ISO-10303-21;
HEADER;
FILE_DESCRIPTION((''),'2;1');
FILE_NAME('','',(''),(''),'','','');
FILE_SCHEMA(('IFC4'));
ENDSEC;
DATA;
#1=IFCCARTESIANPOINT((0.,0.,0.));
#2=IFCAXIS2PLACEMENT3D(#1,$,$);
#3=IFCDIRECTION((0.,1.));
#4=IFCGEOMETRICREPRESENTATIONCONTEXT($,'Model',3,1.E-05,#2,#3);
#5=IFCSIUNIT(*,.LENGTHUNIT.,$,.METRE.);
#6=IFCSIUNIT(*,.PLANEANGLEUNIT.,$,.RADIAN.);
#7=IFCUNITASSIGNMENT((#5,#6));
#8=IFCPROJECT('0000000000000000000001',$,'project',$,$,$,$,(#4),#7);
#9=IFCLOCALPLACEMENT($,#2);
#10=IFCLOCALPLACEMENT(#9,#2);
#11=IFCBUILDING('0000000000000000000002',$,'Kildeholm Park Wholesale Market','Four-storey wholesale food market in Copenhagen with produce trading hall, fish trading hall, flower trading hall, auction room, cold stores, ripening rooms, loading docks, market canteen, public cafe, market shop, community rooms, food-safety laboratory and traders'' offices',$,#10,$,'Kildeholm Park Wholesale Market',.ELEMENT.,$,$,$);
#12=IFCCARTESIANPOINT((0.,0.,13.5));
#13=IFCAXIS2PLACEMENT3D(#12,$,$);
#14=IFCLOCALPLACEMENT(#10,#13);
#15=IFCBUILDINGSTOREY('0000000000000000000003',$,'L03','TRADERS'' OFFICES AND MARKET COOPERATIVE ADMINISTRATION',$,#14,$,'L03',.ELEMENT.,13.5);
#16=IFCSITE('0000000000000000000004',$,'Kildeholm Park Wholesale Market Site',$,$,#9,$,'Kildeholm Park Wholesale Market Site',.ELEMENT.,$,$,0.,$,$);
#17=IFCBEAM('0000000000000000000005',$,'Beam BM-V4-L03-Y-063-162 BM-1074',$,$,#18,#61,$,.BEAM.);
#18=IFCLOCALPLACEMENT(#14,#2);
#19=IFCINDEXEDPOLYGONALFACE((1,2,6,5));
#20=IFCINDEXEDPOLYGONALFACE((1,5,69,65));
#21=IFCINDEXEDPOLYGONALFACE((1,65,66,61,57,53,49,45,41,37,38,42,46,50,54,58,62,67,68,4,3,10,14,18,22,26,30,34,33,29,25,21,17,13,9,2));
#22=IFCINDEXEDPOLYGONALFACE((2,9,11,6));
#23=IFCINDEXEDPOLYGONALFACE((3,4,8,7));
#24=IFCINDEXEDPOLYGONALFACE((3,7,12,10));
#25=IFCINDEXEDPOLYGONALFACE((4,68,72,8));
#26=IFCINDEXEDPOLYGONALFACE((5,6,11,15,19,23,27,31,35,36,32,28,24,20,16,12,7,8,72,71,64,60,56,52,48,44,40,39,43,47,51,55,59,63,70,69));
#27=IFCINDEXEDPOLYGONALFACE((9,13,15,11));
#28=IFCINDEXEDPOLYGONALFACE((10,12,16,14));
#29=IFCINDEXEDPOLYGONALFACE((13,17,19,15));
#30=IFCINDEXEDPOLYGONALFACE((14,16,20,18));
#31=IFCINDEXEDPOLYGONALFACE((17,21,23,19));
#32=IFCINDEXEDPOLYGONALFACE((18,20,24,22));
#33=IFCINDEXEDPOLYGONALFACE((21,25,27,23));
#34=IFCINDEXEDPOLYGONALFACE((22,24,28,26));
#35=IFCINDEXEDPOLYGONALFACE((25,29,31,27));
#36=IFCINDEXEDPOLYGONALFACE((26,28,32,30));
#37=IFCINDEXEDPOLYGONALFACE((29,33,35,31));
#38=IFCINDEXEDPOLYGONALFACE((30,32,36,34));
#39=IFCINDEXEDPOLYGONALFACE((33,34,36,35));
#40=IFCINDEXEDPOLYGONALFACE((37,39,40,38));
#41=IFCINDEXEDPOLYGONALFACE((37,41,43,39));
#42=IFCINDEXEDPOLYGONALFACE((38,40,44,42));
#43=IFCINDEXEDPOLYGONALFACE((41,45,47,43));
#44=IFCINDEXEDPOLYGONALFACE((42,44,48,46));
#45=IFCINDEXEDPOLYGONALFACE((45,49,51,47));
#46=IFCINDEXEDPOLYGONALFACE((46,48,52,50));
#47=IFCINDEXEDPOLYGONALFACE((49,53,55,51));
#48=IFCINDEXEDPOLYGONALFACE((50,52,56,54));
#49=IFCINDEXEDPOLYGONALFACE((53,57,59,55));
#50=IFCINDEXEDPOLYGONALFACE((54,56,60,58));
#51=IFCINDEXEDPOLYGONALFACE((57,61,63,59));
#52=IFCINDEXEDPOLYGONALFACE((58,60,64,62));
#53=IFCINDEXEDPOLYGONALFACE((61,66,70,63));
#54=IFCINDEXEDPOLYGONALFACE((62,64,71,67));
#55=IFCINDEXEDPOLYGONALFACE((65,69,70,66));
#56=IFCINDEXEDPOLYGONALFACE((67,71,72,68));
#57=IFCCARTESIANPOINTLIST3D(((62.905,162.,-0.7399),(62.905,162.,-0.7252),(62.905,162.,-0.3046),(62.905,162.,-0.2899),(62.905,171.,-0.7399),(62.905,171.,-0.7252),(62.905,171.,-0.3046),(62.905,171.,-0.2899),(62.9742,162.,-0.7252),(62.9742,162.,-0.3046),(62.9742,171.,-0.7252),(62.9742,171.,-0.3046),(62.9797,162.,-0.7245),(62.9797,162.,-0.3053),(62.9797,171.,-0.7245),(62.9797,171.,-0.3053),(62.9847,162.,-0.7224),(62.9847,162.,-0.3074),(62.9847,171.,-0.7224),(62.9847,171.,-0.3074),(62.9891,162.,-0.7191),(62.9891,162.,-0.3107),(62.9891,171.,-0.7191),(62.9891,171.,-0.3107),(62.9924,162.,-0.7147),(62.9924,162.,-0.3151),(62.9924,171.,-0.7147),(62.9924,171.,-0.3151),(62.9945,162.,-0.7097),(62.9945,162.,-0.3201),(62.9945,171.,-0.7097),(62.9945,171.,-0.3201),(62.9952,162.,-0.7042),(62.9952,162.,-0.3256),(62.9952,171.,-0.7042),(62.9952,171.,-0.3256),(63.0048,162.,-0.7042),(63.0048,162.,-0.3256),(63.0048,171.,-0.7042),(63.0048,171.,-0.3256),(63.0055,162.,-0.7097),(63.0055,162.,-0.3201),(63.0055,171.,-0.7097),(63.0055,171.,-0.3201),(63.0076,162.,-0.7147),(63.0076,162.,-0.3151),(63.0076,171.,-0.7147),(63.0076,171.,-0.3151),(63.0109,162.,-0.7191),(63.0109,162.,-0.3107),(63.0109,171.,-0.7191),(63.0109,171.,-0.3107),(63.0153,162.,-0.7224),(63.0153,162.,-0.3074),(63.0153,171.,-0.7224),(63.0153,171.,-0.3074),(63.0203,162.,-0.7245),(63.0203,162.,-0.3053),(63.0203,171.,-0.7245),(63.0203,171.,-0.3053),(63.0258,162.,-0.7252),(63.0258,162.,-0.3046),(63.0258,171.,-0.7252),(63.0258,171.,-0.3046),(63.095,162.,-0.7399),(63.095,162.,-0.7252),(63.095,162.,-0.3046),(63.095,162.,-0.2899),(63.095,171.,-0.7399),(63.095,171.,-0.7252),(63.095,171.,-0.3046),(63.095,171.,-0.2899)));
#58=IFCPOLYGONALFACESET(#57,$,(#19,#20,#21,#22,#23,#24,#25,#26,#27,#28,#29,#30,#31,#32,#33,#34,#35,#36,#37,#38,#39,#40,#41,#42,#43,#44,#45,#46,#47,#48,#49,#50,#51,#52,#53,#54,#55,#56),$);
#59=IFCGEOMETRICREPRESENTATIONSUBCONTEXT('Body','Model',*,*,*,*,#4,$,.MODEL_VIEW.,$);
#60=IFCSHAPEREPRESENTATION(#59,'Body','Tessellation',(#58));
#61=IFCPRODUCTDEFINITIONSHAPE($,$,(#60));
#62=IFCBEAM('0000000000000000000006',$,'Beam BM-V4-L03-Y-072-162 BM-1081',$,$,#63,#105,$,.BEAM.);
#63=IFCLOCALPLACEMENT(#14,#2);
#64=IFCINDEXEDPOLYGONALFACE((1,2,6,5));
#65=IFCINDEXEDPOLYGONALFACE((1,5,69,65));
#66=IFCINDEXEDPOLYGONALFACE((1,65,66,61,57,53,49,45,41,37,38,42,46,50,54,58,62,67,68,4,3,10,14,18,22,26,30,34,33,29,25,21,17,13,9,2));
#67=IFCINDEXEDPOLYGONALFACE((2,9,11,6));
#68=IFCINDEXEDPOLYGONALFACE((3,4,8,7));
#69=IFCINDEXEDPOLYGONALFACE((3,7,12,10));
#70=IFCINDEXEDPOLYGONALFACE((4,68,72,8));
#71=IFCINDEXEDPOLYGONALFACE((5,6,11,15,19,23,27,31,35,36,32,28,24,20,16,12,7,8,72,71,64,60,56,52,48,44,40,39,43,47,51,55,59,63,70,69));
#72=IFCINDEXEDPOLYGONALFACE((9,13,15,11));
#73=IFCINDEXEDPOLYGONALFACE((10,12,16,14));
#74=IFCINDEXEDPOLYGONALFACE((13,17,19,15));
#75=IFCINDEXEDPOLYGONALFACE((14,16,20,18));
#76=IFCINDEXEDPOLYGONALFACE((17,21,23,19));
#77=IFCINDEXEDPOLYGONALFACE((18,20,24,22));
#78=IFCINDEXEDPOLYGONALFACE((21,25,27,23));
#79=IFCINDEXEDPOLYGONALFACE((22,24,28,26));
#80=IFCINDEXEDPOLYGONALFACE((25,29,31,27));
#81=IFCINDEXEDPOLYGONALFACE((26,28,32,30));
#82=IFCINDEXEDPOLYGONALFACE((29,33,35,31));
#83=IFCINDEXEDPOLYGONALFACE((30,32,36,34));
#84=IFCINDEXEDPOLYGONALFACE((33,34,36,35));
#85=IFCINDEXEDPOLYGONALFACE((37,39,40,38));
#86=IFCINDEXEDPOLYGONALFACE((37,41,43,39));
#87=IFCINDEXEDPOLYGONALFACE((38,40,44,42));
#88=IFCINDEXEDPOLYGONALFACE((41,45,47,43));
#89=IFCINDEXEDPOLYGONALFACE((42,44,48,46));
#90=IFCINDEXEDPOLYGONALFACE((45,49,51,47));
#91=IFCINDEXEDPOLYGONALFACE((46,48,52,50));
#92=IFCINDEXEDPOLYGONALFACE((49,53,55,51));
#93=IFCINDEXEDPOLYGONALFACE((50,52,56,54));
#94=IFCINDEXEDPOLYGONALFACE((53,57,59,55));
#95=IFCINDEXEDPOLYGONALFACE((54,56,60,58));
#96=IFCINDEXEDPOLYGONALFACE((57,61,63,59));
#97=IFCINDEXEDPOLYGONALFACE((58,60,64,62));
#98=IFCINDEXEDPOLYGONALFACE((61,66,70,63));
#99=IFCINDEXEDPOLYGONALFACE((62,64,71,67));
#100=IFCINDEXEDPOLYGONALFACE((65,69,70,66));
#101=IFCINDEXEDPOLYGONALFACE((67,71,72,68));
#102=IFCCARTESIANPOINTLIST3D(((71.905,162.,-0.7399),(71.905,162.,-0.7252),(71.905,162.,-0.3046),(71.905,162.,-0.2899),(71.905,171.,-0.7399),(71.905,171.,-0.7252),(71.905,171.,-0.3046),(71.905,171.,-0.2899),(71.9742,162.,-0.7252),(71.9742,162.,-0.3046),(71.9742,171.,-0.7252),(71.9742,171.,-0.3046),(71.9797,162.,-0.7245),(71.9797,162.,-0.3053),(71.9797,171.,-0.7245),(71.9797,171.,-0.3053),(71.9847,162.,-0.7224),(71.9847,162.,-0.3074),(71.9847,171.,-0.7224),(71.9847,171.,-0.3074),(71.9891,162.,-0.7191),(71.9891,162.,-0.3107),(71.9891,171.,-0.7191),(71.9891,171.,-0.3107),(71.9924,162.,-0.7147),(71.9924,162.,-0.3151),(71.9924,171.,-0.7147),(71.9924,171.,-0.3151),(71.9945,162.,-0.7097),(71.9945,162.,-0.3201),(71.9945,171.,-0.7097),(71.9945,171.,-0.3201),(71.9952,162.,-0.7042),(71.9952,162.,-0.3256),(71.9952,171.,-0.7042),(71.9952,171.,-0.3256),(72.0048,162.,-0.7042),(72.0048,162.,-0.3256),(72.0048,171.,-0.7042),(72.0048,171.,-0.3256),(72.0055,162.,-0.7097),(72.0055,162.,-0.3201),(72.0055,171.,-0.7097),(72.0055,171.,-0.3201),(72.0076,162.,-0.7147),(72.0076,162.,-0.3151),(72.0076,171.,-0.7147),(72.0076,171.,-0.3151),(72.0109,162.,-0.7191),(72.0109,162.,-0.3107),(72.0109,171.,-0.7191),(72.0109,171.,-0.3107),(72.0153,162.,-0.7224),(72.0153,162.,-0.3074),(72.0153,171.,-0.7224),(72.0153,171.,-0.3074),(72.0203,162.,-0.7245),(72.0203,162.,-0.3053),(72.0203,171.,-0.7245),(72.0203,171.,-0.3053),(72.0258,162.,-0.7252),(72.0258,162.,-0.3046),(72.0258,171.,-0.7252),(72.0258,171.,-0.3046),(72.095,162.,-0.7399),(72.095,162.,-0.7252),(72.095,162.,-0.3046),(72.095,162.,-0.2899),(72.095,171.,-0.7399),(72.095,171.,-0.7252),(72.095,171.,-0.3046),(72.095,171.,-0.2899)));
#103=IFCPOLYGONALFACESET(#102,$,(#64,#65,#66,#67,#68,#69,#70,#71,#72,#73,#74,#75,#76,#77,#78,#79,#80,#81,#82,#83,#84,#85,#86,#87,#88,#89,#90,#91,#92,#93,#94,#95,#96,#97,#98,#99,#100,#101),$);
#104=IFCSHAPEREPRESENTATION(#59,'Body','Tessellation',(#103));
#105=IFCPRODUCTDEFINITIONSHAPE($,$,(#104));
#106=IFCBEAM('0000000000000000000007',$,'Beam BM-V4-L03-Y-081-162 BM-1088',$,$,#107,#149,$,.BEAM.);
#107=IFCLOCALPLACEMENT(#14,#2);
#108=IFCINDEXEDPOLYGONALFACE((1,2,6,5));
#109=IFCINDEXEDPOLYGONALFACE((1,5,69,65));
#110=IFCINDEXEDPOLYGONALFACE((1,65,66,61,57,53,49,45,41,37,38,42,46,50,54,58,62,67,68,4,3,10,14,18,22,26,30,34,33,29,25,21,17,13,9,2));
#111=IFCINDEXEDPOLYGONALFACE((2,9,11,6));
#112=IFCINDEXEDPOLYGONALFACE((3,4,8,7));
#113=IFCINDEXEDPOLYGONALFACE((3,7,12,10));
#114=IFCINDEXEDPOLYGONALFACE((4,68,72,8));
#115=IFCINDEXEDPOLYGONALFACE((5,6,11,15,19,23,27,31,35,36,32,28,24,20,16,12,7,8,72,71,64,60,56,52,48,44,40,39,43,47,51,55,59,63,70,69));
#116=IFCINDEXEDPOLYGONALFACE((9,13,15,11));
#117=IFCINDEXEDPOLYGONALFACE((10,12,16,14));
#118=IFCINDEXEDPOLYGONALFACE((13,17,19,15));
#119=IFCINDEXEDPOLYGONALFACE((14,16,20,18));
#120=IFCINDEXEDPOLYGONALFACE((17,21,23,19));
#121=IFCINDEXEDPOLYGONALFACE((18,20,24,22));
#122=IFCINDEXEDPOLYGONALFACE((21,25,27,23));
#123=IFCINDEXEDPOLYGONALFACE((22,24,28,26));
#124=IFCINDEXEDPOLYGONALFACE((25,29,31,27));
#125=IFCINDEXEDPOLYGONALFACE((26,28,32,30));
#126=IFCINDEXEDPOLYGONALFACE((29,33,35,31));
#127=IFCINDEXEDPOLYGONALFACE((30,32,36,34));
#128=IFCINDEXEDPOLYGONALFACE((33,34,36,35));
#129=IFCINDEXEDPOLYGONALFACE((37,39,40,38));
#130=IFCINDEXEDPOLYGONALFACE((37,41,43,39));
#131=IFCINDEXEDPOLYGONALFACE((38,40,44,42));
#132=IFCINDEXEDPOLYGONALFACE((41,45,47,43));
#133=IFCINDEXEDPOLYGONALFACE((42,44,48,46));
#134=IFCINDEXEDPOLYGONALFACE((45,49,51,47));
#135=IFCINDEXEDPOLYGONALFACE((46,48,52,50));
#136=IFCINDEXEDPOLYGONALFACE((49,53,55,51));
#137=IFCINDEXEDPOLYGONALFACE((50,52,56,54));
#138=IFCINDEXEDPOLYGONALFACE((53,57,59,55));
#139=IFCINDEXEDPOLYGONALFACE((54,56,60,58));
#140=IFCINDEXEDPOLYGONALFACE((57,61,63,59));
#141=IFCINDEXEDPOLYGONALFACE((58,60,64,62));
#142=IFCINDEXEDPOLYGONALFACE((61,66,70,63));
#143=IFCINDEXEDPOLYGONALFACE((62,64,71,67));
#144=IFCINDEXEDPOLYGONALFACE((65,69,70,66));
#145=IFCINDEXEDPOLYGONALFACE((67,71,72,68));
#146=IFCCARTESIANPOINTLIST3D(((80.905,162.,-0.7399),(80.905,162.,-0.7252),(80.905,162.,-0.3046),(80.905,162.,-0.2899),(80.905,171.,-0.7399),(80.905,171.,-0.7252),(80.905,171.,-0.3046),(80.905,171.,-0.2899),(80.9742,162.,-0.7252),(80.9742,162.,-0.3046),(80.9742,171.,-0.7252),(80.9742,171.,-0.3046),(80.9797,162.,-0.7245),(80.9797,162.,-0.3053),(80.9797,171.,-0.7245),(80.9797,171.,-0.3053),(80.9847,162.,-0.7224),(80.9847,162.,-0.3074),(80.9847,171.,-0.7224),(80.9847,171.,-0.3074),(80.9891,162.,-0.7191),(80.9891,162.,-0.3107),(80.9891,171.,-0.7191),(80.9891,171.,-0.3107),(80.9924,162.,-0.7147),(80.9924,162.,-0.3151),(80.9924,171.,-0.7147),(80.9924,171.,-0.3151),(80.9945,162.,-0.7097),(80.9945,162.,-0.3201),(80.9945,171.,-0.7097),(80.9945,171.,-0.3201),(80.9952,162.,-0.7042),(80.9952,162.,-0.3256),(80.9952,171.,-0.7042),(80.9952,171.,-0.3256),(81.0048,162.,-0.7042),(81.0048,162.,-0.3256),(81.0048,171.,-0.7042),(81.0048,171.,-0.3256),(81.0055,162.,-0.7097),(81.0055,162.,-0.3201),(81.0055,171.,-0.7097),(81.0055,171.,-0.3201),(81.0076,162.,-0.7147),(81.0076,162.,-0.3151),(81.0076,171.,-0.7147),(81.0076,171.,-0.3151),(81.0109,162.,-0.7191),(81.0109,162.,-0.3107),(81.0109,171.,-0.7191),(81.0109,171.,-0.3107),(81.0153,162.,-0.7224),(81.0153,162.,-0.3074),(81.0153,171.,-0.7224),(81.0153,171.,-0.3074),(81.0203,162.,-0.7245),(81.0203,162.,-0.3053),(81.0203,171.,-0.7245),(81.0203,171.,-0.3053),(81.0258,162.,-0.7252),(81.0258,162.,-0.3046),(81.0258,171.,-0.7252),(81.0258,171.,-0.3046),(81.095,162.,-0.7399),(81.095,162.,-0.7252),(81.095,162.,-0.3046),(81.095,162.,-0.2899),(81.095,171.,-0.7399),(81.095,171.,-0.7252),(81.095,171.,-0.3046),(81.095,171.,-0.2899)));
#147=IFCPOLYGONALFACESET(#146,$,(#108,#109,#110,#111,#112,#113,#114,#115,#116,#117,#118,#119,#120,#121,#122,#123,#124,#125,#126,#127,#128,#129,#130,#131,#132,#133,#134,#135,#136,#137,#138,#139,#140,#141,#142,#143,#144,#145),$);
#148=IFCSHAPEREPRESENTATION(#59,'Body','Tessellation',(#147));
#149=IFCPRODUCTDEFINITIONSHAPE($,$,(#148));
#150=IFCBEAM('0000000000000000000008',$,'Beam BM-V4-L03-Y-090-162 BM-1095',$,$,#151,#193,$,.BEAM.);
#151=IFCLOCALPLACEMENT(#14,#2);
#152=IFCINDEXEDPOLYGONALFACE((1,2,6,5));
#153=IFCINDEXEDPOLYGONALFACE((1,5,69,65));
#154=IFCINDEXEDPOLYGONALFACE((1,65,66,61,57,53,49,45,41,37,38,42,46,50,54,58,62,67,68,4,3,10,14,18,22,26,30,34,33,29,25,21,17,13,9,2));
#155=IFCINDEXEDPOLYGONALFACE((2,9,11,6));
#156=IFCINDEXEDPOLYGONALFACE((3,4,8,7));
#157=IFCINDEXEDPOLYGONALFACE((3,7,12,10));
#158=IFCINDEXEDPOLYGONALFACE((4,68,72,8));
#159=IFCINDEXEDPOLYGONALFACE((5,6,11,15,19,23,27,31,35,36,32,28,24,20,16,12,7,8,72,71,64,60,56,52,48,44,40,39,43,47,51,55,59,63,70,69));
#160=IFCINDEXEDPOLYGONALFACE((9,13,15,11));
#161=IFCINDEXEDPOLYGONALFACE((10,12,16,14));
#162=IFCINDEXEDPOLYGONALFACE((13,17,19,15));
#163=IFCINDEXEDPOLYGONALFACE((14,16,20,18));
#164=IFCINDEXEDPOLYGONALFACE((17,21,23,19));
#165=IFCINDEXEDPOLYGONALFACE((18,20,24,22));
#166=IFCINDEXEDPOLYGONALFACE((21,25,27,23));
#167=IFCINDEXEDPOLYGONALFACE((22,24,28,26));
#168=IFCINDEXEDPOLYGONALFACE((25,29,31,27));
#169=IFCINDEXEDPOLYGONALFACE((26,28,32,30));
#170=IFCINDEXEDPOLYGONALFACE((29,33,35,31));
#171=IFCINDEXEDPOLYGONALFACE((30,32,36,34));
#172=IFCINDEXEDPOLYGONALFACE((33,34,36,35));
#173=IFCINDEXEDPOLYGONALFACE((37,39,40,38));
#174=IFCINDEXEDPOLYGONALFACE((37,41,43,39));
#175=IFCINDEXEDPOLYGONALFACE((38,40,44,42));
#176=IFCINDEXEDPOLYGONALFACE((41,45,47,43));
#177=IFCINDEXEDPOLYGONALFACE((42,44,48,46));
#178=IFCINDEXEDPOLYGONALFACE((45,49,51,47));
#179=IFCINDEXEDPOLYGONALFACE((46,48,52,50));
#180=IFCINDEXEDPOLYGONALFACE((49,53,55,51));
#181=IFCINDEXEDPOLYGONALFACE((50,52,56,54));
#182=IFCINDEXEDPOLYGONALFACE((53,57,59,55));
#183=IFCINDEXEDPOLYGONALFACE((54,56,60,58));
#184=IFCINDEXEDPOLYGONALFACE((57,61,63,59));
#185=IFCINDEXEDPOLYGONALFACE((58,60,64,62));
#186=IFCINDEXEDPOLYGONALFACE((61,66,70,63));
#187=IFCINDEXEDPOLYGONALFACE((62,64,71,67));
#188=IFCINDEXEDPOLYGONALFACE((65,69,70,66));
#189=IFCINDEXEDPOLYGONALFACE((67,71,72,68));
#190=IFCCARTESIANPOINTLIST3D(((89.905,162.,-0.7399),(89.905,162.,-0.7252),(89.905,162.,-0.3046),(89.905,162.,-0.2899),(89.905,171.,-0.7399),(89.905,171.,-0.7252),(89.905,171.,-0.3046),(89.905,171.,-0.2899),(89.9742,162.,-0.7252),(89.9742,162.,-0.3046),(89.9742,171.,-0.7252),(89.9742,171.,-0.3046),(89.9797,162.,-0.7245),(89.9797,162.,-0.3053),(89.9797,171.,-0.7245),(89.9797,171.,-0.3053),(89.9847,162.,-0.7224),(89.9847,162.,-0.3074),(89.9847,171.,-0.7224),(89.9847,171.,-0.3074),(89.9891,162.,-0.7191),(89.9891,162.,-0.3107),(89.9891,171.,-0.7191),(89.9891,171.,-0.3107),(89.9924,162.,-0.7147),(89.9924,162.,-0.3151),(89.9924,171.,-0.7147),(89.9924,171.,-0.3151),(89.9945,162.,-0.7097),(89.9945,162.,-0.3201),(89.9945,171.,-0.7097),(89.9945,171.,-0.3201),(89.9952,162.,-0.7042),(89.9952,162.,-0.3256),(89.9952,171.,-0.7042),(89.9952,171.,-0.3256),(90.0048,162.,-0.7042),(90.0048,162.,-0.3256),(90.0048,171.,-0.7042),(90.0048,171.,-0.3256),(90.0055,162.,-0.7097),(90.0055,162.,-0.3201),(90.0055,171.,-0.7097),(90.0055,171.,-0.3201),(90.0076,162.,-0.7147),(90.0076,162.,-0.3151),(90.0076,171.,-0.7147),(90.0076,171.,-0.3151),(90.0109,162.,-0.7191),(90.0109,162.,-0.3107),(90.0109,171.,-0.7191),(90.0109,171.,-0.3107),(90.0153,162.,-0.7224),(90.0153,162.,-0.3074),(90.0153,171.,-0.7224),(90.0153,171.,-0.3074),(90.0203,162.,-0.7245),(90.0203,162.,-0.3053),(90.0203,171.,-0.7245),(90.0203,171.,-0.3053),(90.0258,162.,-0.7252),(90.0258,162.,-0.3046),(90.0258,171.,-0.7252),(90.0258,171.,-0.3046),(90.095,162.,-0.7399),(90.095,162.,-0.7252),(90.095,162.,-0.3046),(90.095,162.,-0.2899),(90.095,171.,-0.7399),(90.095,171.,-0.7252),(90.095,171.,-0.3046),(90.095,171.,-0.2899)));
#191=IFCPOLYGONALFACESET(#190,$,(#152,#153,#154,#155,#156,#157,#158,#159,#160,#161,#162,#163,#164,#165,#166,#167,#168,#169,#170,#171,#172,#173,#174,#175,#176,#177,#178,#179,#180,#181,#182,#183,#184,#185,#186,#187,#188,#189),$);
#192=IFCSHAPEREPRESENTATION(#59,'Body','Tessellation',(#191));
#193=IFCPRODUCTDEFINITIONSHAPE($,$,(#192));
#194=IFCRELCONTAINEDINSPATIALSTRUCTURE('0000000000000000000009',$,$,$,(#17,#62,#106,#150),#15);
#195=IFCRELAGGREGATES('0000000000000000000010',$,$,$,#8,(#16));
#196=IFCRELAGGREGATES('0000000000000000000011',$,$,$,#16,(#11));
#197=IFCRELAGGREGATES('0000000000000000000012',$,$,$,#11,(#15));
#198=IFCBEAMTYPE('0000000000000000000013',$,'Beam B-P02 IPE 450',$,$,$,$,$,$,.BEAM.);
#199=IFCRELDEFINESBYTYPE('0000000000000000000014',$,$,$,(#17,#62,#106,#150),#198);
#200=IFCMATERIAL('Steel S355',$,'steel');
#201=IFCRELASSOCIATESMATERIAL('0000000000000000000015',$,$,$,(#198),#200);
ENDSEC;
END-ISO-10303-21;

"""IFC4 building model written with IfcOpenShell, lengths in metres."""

from ifc_helpers import new_model, si_unit, direction, frame, origin, origin_2d, place, context, subcontext, project, spatial, i_section, extrude, material, material_profile, profile_set, type_object, element, save


model = new_model("IFC4")

# Units and contexts
model_context = context("Model", 3, precision=1e-05, world=origin(), true_north=direction((0.0, 1.0)))
body_context = subcontext(model_context, "Body", "Model", "MODEL_VIEW")
ifc_project = project(units=[si_unit("LENGTHUNIT", "METRE"), si_unit("PLANEANGLEUNIT", "RADIAN")], contexts=[model_context])

# Site, building, storey
site_placement = place(None, origin())
site = spatial("IfcSite", under=ifc_project, at=site_placement, Name="Kildeholm Park Wholesale Market Site", LongName="Kildeholm Park Wholesale Market Site", CompositionType="ELEMENT", RefElevation=0.0)
building_placement = place(site_placement, origin())
building = spatial("IfcBuilding", under=site, at=building_placement, Name="Kildeholm Park Wholesale Market", Description="Four-storey wholesale food market in Copenhagen with produce trading hall, fish trading hall, flower trading hall, auction room, cold stores, ripening rooms, loading docks, market canteen, public cafe, market shop, community rooms, food-safety laboratory and traders' offices", LongName="Kildeholm Park Wholesale Market", CompositionType="ELEMENT")
storey_placement = place(building_placement, frame((0.0, 0.0, 13.5)))
storey = spatial("IfcBuildingStorey", under=building, at=storey_placement, Name="L03", Description="TRADERS' OFFICES AND MARKET COOPERATIVE ADMINISTRATION", LongName="L03", CompositionType="ELEMENT", Elevation=13.5)

# Beams
ifc_material_1 = material(Name="Steel S355", Category="steel")
ifc_material_profile_1 = material_profile(ifc_material_1, i_section(OverallWidth=0.1899, OverallDepth=0.45, WebThickness=0.0095, FlangeThickness=0.0146, FilletRadius=0.021, at=origin_2d()), Name="IPE 450")
ifc_profile_set_1 = profile_set([ifc_material_profile_1], Name="Steel S355")
beam_type_1 = type_object("IfcBeamType", Name="Beam B-P02 IPE 450", PredefinedType="BEAM", material=ifc_profile_set_1)
for number, where, z_axis, x_axis, name in (
    (1, (63.0, 162.0, -0.5149), (0.0, 1.0, 0.0), (-1.0, 0.0, 0.0), "Beam BM-V4-L03-Y-063-162 BM-1074"),
    (2, (72.0, 162.0, -0.5149), (0.0, 1.0, 0.0), (-1.0, 0.0, 0.0), "Beam BM-V4-L03-Y-072-162 BM-1081"),
    (3, (81.0, 162.0, -0.5149), (0.0, 1.0, 0.0), (-1.0, 0.0, 0.0), "Beam BM-V4-L03-Y-081-162 BM-1088"),
    (4, (90.0, 162.0, -0.5149), (0.0, 1.0, 0.0), (-1.0, 0.0, 0.0), "Beam BM-V4-L03-Y-090-162 BM-1095"),
):
    element("IfcBeam", number, at=place(storey_placement, frame(where, z_axis=z_axis, x_axis=x_axis)), inside=storey, type_object=beam_type_1, Name=name, PredefinedType="BEAM", context=body_context, shape_type="SweptSolid", body=[
        extrude(i_section(OverallWidth=0.1899, OverallDepth=0.45, WebThickness=0.0095, FlangeThickness=0.0146, FilletRadius=0.021, at=origin_2d()), origin(), (0.0, 0.0, 1.0), 9.0),
    ])

save(model, "model.ifc")
